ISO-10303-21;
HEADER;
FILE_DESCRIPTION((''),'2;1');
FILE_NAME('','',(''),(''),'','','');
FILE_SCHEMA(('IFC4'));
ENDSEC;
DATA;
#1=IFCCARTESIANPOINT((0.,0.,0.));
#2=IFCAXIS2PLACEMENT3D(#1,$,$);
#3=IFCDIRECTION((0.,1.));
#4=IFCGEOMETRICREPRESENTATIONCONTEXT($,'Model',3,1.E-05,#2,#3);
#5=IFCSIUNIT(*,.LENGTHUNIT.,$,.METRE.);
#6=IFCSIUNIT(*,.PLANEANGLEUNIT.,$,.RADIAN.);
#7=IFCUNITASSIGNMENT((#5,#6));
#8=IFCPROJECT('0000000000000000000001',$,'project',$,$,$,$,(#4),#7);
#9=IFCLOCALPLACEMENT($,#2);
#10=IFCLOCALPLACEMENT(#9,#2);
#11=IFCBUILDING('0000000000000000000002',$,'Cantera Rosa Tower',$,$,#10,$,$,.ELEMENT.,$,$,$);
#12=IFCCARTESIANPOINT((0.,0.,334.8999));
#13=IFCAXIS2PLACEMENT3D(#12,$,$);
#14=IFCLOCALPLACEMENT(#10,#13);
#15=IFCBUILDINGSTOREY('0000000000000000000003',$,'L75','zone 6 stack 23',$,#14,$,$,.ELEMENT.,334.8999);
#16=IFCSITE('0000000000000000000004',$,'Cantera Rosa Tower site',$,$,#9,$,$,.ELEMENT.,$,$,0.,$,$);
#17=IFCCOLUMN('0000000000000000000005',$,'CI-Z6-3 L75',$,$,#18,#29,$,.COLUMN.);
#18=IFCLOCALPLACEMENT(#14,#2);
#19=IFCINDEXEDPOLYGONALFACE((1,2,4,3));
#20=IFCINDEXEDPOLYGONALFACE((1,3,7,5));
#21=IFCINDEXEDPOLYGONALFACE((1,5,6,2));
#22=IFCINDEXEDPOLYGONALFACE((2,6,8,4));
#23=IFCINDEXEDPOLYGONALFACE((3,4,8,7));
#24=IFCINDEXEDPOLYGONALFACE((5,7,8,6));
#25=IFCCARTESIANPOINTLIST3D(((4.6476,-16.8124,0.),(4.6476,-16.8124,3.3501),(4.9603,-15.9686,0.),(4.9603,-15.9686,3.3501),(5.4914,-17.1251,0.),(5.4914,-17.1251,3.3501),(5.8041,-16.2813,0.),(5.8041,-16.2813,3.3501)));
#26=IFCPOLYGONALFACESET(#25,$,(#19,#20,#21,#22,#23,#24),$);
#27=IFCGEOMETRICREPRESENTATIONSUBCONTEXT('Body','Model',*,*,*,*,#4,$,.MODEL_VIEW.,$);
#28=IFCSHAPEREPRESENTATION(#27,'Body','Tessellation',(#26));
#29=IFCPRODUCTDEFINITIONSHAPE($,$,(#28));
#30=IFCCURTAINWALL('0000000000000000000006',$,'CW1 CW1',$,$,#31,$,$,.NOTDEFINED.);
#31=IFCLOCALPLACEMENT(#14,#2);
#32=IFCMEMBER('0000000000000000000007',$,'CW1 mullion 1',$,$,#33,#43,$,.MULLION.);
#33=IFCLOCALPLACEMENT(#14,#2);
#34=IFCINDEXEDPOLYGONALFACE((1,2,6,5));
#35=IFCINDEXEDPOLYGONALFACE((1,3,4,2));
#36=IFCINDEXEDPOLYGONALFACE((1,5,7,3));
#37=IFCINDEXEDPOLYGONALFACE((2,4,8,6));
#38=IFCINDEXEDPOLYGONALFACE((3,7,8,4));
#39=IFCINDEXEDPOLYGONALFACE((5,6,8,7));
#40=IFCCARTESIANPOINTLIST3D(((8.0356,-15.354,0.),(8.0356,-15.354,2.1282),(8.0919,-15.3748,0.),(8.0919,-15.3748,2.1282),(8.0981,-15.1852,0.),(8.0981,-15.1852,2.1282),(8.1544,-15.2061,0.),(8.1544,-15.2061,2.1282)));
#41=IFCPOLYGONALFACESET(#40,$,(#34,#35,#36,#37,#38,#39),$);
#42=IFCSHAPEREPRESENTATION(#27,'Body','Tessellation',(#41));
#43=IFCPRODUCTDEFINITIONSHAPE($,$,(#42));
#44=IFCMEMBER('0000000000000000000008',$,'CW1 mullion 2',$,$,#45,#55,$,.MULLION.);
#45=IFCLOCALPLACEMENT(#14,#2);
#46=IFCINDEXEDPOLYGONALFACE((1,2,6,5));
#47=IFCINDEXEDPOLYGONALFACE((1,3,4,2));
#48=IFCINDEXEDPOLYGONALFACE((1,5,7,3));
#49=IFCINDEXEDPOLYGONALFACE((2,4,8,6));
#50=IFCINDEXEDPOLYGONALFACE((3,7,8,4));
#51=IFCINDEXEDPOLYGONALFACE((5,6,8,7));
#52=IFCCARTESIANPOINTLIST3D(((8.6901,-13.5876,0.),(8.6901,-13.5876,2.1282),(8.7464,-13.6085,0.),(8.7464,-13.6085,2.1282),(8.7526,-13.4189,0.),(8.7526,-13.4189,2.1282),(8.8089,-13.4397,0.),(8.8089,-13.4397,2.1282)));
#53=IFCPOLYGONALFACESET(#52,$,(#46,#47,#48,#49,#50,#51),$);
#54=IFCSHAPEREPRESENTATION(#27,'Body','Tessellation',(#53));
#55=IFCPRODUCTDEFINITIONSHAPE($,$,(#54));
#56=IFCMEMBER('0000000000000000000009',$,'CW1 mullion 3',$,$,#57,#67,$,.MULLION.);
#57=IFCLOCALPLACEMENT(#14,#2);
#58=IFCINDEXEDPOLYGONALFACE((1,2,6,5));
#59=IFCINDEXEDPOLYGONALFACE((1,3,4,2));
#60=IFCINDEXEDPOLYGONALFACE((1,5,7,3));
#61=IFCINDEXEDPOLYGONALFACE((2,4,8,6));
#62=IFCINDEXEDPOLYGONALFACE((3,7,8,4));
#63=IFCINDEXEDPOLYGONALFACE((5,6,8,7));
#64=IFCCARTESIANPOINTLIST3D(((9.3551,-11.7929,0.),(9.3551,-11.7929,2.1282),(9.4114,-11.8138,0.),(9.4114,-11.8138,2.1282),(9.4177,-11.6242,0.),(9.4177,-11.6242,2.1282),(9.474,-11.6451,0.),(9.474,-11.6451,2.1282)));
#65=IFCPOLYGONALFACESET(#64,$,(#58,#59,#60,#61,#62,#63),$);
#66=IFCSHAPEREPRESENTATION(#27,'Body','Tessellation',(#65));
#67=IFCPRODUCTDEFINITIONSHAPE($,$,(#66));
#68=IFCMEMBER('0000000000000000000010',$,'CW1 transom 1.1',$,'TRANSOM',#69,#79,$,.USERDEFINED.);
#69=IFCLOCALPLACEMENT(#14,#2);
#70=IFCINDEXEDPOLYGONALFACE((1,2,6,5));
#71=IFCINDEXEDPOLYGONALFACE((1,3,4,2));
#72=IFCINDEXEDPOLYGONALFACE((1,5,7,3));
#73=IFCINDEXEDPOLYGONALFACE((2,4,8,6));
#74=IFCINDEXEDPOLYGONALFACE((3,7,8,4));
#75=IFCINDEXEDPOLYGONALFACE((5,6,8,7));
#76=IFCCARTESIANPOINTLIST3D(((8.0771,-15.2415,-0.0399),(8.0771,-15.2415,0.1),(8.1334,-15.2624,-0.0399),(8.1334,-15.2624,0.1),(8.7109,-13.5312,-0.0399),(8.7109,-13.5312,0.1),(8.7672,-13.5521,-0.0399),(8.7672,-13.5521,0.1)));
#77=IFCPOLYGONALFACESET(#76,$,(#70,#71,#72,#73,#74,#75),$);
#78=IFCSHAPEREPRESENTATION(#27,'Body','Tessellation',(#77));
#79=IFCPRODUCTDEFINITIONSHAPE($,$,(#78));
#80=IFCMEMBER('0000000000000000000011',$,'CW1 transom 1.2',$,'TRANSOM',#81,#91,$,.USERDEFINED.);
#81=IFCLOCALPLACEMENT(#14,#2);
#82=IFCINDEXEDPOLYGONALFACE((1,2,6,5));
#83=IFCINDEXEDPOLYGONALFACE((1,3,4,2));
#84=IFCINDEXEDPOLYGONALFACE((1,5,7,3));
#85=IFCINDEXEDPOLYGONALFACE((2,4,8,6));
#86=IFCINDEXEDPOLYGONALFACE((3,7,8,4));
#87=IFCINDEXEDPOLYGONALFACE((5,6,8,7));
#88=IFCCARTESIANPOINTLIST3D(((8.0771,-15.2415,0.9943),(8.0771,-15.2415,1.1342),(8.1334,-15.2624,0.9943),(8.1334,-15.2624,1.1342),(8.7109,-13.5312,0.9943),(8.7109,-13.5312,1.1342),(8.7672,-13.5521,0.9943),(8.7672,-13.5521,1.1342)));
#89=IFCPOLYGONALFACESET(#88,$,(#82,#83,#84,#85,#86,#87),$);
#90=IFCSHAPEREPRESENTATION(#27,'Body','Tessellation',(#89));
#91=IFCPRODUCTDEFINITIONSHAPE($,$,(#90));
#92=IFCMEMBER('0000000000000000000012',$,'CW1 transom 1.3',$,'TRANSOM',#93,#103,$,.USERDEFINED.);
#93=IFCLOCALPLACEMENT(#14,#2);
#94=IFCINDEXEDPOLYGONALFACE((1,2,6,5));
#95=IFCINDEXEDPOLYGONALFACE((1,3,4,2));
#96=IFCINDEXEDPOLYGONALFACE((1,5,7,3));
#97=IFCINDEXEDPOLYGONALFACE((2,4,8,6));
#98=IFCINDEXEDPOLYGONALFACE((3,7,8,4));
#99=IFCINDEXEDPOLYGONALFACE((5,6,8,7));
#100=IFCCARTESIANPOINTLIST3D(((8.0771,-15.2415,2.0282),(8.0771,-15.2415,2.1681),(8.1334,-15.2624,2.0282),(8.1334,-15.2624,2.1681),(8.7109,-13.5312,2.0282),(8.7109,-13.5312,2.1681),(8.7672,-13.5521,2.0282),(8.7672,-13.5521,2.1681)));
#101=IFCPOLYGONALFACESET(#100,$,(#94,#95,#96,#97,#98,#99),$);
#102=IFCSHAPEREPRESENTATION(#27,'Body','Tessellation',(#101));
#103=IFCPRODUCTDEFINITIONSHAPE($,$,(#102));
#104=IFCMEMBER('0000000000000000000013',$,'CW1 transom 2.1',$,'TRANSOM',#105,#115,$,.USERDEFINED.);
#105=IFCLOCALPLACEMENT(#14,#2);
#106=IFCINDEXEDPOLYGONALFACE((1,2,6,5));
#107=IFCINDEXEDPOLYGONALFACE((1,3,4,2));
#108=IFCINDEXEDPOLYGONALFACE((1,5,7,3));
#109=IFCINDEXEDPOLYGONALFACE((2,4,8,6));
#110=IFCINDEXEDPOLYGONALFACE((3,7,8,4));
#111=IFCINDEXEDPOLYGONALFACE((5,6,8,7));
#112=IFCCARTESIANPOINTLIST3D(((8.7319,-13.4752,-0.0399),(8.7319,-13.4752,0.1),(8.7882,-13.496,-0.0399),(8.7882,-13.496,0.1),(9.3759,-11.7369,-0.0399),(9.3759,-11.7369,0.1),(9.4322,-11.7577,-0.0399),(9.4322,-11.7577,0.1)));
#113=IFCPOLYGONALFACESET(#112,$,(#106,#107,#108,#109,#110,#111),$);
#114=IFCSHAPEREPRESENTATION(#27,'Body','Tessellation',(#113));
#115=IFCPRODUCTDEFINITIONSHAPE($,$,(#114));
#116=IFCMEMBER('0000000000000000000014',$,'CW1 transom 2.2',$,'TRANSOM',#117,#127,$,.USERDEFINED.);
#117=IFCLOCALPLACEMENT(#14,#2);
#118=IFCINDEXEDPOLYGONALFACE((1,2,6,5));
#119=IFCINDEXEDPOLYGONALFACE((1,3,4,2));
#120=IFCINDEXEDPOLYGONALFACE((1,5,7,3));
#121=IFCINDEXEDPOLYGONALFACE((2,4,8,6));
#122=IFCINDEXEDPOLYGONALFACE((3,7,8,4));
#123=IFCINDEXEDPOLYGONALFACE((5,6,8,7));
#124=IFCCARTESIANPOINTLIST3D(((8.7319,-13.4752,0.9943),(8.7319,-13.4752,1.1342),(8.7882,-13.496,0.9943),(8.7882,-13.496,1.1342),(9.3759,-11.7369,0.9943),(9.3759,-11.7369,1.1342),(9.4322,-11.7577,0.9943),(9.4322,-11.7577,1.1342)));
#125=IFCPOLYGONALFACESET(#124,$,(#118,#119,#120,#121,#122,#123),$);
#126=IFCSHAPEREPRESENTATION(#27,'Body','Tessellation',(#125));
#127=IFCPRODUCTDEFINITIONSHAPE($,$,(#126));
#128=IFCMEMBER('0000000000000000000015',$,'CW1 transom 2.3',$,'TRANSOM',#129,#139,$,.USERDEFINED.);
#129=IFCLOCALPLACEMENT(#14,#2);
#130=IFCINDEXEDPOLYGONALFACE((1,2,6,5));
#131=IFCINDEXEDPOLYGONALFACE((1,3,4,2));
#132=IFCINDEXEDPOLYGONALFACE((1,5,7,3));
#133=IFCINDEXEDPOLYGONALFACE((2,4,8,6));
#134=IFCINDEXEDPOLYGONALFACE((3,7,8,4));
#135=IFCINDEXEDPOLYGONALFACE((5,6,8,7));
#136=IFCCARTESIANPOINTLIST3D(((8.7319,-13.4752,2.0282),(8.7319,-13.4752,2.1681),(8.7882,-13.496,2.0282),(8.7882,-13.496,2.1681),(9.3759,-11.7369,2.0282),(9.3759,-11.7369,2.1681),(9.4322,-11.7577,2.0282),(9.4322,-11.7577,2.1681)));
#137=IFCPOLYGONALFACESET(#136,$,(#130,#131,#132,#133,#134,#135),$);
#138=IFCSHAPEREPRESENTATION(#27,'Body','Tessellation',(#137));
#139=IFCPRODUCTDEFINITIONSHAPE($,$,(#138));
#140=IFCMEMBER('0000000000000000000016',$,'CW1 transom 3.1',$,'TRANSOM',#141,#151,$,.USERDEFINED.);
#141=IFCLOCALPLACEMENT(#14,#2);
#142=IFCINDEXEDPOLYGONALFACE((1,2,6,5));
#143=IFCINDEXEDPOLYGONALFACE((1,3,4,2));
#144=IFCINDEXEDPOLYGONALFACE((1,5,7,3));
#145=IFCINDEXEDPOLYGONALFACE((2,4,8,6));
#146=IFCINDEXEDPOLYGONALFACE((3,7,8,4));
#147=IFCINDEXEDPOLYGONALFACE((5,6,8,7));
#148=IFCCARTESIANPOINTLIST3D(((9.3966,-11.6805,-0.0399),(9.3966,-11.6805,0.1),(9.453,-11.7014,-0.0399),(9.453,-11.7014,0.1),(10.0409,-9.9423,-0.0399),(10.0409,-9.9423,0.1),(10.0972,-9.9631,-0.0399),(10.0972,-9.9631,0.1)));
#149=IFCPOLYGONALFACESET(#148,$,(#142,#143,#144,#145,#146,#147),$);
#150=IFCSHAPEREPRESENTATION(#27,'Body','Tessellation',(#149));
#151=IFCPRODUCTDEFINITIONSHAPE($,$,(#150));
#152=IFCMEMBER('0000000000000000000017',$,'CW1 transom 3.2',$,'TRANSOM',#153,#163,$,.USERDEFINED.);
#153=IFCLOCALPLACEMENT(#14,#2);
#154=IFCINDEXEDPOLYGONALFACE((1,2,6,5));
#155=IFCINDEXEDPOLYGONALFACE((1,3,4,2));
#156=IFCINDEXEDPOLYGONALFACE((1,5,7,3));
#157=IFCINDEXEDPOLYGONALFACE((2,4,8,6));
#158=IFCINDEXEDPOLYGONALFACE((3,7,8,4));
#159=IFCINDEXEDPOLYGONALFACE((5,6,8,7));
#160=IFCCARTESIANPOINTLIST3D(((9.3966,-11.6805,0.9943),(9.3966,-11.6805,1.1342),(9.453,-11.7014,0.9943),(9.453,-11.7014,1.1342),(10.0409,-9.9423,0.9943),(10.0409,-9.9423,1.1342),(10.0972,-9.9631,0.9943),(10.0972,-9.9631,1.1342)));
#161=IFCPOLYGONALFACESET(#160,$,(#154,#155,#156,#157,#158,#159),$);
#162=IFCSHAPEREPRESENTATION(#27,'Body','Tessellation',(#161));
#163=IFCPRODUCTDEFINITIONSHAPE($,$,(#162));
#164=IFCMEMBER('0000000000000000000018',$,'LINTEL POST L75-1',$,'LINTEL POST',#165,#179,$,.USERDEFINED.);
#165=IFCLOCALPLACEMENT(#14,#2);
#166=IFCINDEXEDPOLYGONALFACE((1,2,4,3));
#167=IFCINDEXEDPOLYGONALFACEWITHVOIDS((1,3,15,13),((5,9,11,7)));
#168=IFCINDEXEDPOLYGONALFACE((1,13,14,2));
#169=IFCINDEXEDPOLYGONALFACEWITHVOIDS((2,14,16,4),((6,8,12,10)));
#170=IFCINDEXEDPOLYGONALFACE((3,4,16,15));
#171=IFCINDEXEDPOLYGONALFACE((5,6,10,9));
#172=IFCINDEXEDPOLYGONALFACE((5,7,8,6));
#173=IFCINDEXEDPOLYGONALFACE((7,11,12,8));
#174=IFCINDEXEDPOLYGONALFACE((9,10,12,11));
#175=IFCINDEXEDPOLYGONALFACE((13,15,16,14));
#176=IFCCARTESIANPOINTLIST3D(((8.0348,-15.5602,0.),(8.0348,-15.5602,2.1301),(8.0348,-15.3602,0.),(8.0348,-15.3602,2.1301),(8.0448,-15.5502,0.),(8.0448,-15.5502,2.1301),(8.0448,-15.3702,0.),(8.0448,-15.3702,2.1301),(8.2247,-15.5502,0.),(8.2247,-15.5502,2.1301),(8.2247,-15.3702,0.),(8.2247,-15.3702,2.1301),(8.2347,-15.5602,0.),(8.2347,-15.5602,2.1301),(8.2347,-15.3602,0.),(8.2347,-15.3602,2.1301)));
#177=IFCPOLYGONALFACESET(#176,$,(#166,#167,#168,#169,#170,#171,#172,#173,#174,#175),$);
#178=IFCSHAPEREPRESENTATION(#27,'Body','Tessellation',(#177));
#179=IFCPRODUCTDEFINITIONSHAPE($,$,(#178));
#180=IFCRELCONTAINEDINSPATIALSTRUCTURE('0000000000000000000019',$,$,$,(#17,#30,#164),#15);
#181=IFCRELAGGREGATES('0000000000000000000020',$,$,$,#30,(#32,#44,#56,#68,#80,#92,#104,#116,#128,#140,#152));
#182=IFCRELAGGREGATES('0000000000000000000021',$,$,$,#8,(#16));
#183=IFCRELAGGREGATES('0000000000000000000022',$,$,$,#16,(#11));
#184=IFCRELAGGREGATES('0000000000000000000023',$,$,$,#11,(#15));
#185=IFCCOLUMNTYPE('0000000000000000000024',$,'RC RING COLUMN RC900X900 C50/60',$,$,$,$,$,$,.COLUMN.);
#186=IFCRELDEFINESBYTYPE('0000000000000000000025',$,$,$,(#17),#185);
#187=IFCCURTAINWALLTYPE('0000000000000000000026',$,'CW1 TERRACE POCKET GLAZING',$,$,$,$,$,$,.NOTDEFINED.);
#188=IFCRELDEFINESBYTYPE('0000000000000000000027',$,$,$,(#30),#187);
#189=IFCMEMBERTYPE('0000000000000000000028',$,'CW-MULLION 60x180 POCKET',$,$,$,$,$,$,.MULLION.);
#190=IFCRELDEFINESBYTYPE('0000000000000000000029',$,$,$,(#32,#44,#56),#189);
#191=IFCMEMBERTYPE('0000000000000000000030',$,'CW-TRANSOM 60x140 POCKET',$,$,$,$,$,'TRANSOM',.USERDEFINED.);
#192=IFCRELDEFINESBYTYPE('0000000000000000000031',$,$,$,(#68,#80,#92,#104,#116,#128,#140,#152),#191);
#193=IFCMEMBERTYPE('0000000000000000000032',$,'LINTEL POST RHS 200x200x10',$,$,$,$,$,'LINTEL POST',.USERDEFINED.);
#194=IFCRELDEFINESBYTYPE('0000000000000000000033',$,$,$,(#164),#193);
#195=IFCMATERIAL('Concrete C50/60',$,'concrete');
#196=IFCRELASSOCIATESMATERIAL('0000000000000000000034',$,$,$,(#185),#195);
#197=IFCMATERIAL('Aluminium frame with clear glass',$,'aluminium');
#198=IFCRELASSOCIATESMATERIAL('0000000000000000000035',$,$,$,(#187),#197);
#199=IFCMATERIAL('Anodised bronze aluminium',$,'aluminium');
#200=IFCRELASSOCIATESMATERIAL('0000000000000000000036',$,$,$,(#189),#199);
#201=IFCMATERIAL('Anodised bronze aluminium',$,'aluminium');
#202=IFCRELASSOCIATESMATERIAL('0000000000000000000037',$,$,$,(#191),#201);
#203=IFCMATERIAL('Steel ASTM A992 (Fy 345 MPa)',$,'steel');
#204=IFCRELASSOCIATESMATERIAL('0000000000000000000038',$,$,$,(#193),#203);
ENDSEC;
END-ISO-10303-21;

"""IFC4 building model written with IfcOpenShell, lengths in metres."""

from ifc_helpers import new_model, si_unit, direction, frame, origin, origin_2d, place, context, subcontext, project, spatial, rectangle, hollow_rectangle, extrude, material, material_profile, profile_set, type_object, element, aggregate, save


model = new_model("IFC4")

# Units and contexts
model_context = context("Model", 3, precision=1e-05, world=origin(), true_north=direction((0.0, 1.0)))
body_context = subcontext(model_context, "Body", "Model", "MODEL_VIEW")
ifc_project = project(units=[si_unit("LENGTHUNIT", "METRE"), si_unit("PLANEANGLEUNIT", "RADIAN")], contexts=[model_context])

# Site, building, storey
site_placement = place(None, origin())
site = spatial("IfcSite", under=ifc_project, at=site_placement, Name="Cantera Rosa Tower site", CompositionType="ELEMENT", RefElevation=0.0)
building_placement = place(site_placement, origin())
building = spatial("IfcBuilding", under=site, at=building_placement, Name="Cantera Rosa Tower", CompositionType="ELEMENT")
storey_placement = place(building_placement, frame((0.0, 0.0, 334.8999)))
storey = spatial("IfcBuildingStorey", under=building, at=storey_placement, Name="L75", Description="zone 6 stack 23", CompositionType="ELEMENT", Elevation=334.8999)

# Column
ifc_material_1 = material(Name="Concrete C50/60", Category="concrete")
ifc_material_profile_1 = material_profile(ifc_material_1, rectangle(XDim=0.8999, YDim=0.8999, at=origin_2d()), Name="RC RING COLUMN RC900X900 C50/60")
ifc_profile_set_1 = profile_set([ifc_material_profile_1], Name="Concrete C50/60")
column_type = type_object("IfcColumnType", Name="RC RING COLUMN RC900X900 C50/60", PredefinedType="COLUMN", material=ifc_profile_set_1)
column_placement = place(storey_placement, frame((5.2258, -16.5469, 0.0), z_axis=(0.0, 0.0, 1.0), x_axis=(0.347481, 0.937687, 0.0)))
element("IfcColumn", 1, at=column_placement, inside=storey, type_object=column_type, Name="CI-Z6-3 L75", PredefinedType="COLUMN", context=body_context, shape_type="SweptSolid", body=[
    extrude(rectangle(XDim=0.8999, YDim=0.8999, at=origin_2d()), origin(), (0.0, 0.0, 1.0), 3.3501),
])

# Curtain wall, members
ifc_material_2 = material(Name="Aluminium frame with clear glass", Category="aluminium")
curtain_wall_type = type_object("IfcCurtainWallType", Name="CW1 TERRACE POCKET GLAZING", PredefinedType="NOTDEFINED", material=ifc_material_2)
curtain_wall_placement = place(storey_placement, origin())
curtain_wall = element("IfcCurtainWall", 2, at=curtain_wall_placement, inside=storey, type_object=curtain_wall_type, Name="CW1 CW1", PredefinedType="NOTDEFINED")
ifc_material_3 = material(Name="Anodised bronze aluminium", Category="aluminium")
ifc_material_profile_2 = material_profile(ifc_material_3, rectangle(XDim=0.0601, YDim=0.1799, at=origin_2d()), Name="CW-MULLION 60x180 POCKET")
ifc_profile_set_2 = profile_set([ifc_material_profile_2], Name="Anodised bronze aluminium")
member_type_1 = type_object("IfcMemberType", Name="CW-MULLION 60x180 POCKET", PredefinedType="MULLION", material=ifc_profile_set_2)
member_1_placement = place(storey_placement, frame((8.095, -15.28, 0.0), z_axis=(0.0, 0.0, 1.0), x_axis=(-0.937687, 0.347481, 0.0)))
member_1 = element("IfcMember", 3, at=member_1_placement, type_object=member_type_1, Name="CW1 mullion 1", PredefinedType="MULLION", context=body_context, shape_type="SweptSolid", body=[
    extrude(rectangle(XDim=0.0601, YDim=0.1799, at=origin_2d()), origin(), (0.0, 0.0, 1.0), 2.1282),
])
member_2_placement = place(storey_placement, frame((8.7495, -13.5137, 0.0), z_axis=(0.0, 0.0, 1.0), x_axis=(-0.937687, 0.347481, 0.0)))
member_2 = element("IfcMember", 4, at=member_2_placement, type_object=member_type_1, Name="CW1 mullion 2", PredefinedType="MULLION", context=body_context, shape_type="SweptSolid", body=[
    extrude(rectangle(XDim=0.0601, YDim=0.1799, at=origin_2d()), origin(), (0.0, 0.0, 1.0), 2.1282),
])
member_3_placement = place(storey_placement, frame((9.4146, -11.719, 0.0), z_axis=(0.0, 0.0, 1.0), x_axis=(-0.937687, 0.347481, 0.0)))
member_3 = element("IfcMember", 5, at=member_3_placement, type_object=member_type_1, Name="CW1 mullion 3", PredefinedType="MULLION", context=body_context, shape_type="SweptSolid", body=[
    extrude(rectangle(XDim=0.0601, YDim=0.1799, at=origin_2d()), origin(), (0.0, 0.0, 1.0), 2.1282),
])
ifc_material_4 = material(Name="Anodised bronze aluminium", Category="aluminium")
ifc_material_profile_3 = material_profile(ifc_material_4, rectangle(XDim=0.0601, YDim=0.1399, at=origin_2d()), Name="CW-TRANSOM 60x140 POCKET")
ifc_profile_set_3 = profile_set([ifc_material_profile_3], Name="Anodised bronze aluminium")
member_type_2 = type_object("IfcMemberType", Name="CW-TRANSOM 60x140 POCKET", ElementType="TRANSOM", PredefinedType="USERDEFINED", material=ifc_profile_set_3)
member_4_placement = place(storey_placement, frame((8.1052, -15.252, 0.03), z_axis=(0.347497, 0.937681, 0.0), x_axis=(-0.937681, 0.347497, 0.0)))
member_4 = element("IfcMember", 6, at=member_4_placement, type_object=member_type_2, Name="CW1 transom 1.1", ObjectType="TRANSOM", PredefinedType="USERDEFINED", context=body_context, shape_type="SweptSolid", body=[
    extrude(rectangle(XDim=0.0601, YDim=0.1399, at=origin_2d()), origin(), (0.0, 0.0, 1.0), 1.824),
])
member_5_placement = place(storey_placement, frame((8.1052, -15.252, 1.0642), z_axis=(0.347497, 0.937681, 0.0), x_axis=(-0.937681, 0.347497, 0.0)))
member_5 = element("IfcMember", 7, at=member_5_placement, type_object=member_type_2, Name="CW1 transom 1.2", ObjectType="TRANSOM", PredefinedType="USERDEFINED", context=body_context, shape_type="SweptSolid", body=[
    extrude(rectangle(XDim=0.0601, YDim=0.1399, at=origin_2d()), origin(), (0.0, 0.0, 1.0), 1.824),
])
member_6_placement = place(storey_placement, frame((8.1052, -15.252, 2.0981), z_axis=(0.347497, 0.937681, 0.0), x_axis=(-0.937681, 0.347497, 0.0)))
member_6 = element("IfcMember", 8, at=member_6_placement, type_object=member_type_2, Name="CW1 transom 1.3", ObjectType="TRANSOM", PredefinedType="USERDEFINED", context=body_context, shape_type="SweptSolid", body=[
    extrude(rectangle(XDim=0.0601, YDim=0.1399, at=origin_2d()), origin(), (0.0, 0.0, 1.0), 1.824),
])
member_7_placement = place(storey_placement, frame((8.76, -13.4856, 0.03), z_axis=(0.347426, 0.937707, 0.0), x_axis=(-0.937707, 0.347426, 0.0)))
member_7 = element("IfcMember", 9, at=member_7_placement, type_object=member_type_2, Name="CW1 transom 2.1", ObjectType="TRANSOM", PredefinedType="USERDEFINED", context=body_context, shape_type="SweptSolid", body=[
    extrude(rectangle(XDim=0.0601, YDim=0.1399, at=origin_2d()), origin(), (0.0, 0.0, 1.0), 1.8538),
])
member_8_placement = place(storey_placement, frame((8.76, -13.4856, 1.0642), z_axis=(0.347426, 0.937707, 0.0), x_axis=(-0.937707, 0.347426, 0.0)))
member_8 = element("IfcMember", 10, at=member_8_placement, type_object=member_type_2, Name="CW1 transom 2.2", ObjectType="TRANSOM", PredefinedType="USERDEFINED", context=body_context, shape_type="SweptSolid", body=[
    extrude(rectangle(XDim=0.0601, YDim=0.1399, at=origin_2d()), origin(), (0.0, 0.0, 1.0), 1.8538),
])
member_9_placement = place(storey_placement, frame((8.76, -13.4856, 2.0981), z_axis=(0.347426, 0.937707, 0.0), x_axis=(-0.937707, 0.347426, 0.0)))
member_9 = element("IfcMember", 11, at=member_9_placement, type_object=member_type_2, Name="CW1 transom 2.3", ObjectType="TRANSOM", PredefinedType="USERDEFINED", context=body_context, shape_type="SweptSolid", body=[
    extrude(rectangle(XDim=0.0601, YDim=0.1399, at=origin_2d()), origin(), (0.0, 0.0, 1.0), 1.8538),
])
member_10_placement = place(storey_placement, frame((9.4248, -11.6909, 0.03), z_axis=(0.347542, 0.937665, 0.0), x_axis=(-0.937665, 0.347542, 0.0)))
member_10 = element("IfcMember", 12, at=member_10_placement, type_object=member_type_2, Name="CW1 transom 3.1", ObjectType="TRANSOM", PredefinedType="USERDEFINED", context=body_context, shape_type="SweptSolid", body=[
    extrude(rectangle(XDim=0.0601, YDim=0.1399, at=origin_2d()), origin(), (0.0, 0.0, 1.0), 1.8538),
])
member_11_placement = place(storey_placement, frame((9.4248, -11.6909, 1.0642), z_axis=(0.347542, 0.937665, 0.0), x_axis=(-0.937665, 0.347542, 0.0)))
member_11 = element("IfcMember", 13, at=member_11_placement, type_object=member_type_2, Name="CW1 transom 3.2", ObjectType="TRANSOM", PredefinedType="USERDEFINED", context=body_context, shape_type="SweptSolid", body=[
    extrude(rectangle(XDim=0.0601, YDim=0.1399, at=origin_2d()), origin(), (0.0, 0.0, 1.0), 1.8538),
])

# Member
ifc_material_5 = material(Name="Steel ASTM A992 (Fy 345 MPa)", Category="steel")
ifc_material_profile_4 = material_profile(ifc_material_5, hollow_rectangle(XDim=0.2, YDim=0.2, WallThickness=0.01, at=origin_2d()), Name="LINTEL POST RHS 200x200x10")
ifc_profile_set_4 = profile_set([ifc_material_profile_4], Name="Steel ASTM A992 (Fy 345 MPa)")
member_type_3 = type_object("IfcMemberType", Name="LINTEL POST RHS 200x200x10", ElementType="LINTEL POST", PredefinedType="USERDEFINED", material=ifc_profile_set_4)
member_12_placement = place(storey_placement, frame((8.1348, -15.4602, 0.0), z_axis=(0.0, 0.0, 1.0), x_axis=(1.0, 0.0, 0.0)))
element("IfcMember", 14, at=member_12_placement, inside=storey, type_object=member_type_3, Name="LINTEL POST L75-1", ObjectType="LINTEL POST", PredefinedType="USERDEFINED", context=body_context, shape_type="SweptSolid", body=[
    extrude(hollow_rectangle(XDim=0.2, YDim=0.2, WallThickness=0.01, at=origin_2d()), origin(), (0.0, 0.0, 1.0), 2.1301),
])

aggregate(curtain_wall, [member_1, member_2, member_3, member_4, member_5, member_6, member_7, member_8, member_9, member_10, member_11])

save(model, "model.ifc")
